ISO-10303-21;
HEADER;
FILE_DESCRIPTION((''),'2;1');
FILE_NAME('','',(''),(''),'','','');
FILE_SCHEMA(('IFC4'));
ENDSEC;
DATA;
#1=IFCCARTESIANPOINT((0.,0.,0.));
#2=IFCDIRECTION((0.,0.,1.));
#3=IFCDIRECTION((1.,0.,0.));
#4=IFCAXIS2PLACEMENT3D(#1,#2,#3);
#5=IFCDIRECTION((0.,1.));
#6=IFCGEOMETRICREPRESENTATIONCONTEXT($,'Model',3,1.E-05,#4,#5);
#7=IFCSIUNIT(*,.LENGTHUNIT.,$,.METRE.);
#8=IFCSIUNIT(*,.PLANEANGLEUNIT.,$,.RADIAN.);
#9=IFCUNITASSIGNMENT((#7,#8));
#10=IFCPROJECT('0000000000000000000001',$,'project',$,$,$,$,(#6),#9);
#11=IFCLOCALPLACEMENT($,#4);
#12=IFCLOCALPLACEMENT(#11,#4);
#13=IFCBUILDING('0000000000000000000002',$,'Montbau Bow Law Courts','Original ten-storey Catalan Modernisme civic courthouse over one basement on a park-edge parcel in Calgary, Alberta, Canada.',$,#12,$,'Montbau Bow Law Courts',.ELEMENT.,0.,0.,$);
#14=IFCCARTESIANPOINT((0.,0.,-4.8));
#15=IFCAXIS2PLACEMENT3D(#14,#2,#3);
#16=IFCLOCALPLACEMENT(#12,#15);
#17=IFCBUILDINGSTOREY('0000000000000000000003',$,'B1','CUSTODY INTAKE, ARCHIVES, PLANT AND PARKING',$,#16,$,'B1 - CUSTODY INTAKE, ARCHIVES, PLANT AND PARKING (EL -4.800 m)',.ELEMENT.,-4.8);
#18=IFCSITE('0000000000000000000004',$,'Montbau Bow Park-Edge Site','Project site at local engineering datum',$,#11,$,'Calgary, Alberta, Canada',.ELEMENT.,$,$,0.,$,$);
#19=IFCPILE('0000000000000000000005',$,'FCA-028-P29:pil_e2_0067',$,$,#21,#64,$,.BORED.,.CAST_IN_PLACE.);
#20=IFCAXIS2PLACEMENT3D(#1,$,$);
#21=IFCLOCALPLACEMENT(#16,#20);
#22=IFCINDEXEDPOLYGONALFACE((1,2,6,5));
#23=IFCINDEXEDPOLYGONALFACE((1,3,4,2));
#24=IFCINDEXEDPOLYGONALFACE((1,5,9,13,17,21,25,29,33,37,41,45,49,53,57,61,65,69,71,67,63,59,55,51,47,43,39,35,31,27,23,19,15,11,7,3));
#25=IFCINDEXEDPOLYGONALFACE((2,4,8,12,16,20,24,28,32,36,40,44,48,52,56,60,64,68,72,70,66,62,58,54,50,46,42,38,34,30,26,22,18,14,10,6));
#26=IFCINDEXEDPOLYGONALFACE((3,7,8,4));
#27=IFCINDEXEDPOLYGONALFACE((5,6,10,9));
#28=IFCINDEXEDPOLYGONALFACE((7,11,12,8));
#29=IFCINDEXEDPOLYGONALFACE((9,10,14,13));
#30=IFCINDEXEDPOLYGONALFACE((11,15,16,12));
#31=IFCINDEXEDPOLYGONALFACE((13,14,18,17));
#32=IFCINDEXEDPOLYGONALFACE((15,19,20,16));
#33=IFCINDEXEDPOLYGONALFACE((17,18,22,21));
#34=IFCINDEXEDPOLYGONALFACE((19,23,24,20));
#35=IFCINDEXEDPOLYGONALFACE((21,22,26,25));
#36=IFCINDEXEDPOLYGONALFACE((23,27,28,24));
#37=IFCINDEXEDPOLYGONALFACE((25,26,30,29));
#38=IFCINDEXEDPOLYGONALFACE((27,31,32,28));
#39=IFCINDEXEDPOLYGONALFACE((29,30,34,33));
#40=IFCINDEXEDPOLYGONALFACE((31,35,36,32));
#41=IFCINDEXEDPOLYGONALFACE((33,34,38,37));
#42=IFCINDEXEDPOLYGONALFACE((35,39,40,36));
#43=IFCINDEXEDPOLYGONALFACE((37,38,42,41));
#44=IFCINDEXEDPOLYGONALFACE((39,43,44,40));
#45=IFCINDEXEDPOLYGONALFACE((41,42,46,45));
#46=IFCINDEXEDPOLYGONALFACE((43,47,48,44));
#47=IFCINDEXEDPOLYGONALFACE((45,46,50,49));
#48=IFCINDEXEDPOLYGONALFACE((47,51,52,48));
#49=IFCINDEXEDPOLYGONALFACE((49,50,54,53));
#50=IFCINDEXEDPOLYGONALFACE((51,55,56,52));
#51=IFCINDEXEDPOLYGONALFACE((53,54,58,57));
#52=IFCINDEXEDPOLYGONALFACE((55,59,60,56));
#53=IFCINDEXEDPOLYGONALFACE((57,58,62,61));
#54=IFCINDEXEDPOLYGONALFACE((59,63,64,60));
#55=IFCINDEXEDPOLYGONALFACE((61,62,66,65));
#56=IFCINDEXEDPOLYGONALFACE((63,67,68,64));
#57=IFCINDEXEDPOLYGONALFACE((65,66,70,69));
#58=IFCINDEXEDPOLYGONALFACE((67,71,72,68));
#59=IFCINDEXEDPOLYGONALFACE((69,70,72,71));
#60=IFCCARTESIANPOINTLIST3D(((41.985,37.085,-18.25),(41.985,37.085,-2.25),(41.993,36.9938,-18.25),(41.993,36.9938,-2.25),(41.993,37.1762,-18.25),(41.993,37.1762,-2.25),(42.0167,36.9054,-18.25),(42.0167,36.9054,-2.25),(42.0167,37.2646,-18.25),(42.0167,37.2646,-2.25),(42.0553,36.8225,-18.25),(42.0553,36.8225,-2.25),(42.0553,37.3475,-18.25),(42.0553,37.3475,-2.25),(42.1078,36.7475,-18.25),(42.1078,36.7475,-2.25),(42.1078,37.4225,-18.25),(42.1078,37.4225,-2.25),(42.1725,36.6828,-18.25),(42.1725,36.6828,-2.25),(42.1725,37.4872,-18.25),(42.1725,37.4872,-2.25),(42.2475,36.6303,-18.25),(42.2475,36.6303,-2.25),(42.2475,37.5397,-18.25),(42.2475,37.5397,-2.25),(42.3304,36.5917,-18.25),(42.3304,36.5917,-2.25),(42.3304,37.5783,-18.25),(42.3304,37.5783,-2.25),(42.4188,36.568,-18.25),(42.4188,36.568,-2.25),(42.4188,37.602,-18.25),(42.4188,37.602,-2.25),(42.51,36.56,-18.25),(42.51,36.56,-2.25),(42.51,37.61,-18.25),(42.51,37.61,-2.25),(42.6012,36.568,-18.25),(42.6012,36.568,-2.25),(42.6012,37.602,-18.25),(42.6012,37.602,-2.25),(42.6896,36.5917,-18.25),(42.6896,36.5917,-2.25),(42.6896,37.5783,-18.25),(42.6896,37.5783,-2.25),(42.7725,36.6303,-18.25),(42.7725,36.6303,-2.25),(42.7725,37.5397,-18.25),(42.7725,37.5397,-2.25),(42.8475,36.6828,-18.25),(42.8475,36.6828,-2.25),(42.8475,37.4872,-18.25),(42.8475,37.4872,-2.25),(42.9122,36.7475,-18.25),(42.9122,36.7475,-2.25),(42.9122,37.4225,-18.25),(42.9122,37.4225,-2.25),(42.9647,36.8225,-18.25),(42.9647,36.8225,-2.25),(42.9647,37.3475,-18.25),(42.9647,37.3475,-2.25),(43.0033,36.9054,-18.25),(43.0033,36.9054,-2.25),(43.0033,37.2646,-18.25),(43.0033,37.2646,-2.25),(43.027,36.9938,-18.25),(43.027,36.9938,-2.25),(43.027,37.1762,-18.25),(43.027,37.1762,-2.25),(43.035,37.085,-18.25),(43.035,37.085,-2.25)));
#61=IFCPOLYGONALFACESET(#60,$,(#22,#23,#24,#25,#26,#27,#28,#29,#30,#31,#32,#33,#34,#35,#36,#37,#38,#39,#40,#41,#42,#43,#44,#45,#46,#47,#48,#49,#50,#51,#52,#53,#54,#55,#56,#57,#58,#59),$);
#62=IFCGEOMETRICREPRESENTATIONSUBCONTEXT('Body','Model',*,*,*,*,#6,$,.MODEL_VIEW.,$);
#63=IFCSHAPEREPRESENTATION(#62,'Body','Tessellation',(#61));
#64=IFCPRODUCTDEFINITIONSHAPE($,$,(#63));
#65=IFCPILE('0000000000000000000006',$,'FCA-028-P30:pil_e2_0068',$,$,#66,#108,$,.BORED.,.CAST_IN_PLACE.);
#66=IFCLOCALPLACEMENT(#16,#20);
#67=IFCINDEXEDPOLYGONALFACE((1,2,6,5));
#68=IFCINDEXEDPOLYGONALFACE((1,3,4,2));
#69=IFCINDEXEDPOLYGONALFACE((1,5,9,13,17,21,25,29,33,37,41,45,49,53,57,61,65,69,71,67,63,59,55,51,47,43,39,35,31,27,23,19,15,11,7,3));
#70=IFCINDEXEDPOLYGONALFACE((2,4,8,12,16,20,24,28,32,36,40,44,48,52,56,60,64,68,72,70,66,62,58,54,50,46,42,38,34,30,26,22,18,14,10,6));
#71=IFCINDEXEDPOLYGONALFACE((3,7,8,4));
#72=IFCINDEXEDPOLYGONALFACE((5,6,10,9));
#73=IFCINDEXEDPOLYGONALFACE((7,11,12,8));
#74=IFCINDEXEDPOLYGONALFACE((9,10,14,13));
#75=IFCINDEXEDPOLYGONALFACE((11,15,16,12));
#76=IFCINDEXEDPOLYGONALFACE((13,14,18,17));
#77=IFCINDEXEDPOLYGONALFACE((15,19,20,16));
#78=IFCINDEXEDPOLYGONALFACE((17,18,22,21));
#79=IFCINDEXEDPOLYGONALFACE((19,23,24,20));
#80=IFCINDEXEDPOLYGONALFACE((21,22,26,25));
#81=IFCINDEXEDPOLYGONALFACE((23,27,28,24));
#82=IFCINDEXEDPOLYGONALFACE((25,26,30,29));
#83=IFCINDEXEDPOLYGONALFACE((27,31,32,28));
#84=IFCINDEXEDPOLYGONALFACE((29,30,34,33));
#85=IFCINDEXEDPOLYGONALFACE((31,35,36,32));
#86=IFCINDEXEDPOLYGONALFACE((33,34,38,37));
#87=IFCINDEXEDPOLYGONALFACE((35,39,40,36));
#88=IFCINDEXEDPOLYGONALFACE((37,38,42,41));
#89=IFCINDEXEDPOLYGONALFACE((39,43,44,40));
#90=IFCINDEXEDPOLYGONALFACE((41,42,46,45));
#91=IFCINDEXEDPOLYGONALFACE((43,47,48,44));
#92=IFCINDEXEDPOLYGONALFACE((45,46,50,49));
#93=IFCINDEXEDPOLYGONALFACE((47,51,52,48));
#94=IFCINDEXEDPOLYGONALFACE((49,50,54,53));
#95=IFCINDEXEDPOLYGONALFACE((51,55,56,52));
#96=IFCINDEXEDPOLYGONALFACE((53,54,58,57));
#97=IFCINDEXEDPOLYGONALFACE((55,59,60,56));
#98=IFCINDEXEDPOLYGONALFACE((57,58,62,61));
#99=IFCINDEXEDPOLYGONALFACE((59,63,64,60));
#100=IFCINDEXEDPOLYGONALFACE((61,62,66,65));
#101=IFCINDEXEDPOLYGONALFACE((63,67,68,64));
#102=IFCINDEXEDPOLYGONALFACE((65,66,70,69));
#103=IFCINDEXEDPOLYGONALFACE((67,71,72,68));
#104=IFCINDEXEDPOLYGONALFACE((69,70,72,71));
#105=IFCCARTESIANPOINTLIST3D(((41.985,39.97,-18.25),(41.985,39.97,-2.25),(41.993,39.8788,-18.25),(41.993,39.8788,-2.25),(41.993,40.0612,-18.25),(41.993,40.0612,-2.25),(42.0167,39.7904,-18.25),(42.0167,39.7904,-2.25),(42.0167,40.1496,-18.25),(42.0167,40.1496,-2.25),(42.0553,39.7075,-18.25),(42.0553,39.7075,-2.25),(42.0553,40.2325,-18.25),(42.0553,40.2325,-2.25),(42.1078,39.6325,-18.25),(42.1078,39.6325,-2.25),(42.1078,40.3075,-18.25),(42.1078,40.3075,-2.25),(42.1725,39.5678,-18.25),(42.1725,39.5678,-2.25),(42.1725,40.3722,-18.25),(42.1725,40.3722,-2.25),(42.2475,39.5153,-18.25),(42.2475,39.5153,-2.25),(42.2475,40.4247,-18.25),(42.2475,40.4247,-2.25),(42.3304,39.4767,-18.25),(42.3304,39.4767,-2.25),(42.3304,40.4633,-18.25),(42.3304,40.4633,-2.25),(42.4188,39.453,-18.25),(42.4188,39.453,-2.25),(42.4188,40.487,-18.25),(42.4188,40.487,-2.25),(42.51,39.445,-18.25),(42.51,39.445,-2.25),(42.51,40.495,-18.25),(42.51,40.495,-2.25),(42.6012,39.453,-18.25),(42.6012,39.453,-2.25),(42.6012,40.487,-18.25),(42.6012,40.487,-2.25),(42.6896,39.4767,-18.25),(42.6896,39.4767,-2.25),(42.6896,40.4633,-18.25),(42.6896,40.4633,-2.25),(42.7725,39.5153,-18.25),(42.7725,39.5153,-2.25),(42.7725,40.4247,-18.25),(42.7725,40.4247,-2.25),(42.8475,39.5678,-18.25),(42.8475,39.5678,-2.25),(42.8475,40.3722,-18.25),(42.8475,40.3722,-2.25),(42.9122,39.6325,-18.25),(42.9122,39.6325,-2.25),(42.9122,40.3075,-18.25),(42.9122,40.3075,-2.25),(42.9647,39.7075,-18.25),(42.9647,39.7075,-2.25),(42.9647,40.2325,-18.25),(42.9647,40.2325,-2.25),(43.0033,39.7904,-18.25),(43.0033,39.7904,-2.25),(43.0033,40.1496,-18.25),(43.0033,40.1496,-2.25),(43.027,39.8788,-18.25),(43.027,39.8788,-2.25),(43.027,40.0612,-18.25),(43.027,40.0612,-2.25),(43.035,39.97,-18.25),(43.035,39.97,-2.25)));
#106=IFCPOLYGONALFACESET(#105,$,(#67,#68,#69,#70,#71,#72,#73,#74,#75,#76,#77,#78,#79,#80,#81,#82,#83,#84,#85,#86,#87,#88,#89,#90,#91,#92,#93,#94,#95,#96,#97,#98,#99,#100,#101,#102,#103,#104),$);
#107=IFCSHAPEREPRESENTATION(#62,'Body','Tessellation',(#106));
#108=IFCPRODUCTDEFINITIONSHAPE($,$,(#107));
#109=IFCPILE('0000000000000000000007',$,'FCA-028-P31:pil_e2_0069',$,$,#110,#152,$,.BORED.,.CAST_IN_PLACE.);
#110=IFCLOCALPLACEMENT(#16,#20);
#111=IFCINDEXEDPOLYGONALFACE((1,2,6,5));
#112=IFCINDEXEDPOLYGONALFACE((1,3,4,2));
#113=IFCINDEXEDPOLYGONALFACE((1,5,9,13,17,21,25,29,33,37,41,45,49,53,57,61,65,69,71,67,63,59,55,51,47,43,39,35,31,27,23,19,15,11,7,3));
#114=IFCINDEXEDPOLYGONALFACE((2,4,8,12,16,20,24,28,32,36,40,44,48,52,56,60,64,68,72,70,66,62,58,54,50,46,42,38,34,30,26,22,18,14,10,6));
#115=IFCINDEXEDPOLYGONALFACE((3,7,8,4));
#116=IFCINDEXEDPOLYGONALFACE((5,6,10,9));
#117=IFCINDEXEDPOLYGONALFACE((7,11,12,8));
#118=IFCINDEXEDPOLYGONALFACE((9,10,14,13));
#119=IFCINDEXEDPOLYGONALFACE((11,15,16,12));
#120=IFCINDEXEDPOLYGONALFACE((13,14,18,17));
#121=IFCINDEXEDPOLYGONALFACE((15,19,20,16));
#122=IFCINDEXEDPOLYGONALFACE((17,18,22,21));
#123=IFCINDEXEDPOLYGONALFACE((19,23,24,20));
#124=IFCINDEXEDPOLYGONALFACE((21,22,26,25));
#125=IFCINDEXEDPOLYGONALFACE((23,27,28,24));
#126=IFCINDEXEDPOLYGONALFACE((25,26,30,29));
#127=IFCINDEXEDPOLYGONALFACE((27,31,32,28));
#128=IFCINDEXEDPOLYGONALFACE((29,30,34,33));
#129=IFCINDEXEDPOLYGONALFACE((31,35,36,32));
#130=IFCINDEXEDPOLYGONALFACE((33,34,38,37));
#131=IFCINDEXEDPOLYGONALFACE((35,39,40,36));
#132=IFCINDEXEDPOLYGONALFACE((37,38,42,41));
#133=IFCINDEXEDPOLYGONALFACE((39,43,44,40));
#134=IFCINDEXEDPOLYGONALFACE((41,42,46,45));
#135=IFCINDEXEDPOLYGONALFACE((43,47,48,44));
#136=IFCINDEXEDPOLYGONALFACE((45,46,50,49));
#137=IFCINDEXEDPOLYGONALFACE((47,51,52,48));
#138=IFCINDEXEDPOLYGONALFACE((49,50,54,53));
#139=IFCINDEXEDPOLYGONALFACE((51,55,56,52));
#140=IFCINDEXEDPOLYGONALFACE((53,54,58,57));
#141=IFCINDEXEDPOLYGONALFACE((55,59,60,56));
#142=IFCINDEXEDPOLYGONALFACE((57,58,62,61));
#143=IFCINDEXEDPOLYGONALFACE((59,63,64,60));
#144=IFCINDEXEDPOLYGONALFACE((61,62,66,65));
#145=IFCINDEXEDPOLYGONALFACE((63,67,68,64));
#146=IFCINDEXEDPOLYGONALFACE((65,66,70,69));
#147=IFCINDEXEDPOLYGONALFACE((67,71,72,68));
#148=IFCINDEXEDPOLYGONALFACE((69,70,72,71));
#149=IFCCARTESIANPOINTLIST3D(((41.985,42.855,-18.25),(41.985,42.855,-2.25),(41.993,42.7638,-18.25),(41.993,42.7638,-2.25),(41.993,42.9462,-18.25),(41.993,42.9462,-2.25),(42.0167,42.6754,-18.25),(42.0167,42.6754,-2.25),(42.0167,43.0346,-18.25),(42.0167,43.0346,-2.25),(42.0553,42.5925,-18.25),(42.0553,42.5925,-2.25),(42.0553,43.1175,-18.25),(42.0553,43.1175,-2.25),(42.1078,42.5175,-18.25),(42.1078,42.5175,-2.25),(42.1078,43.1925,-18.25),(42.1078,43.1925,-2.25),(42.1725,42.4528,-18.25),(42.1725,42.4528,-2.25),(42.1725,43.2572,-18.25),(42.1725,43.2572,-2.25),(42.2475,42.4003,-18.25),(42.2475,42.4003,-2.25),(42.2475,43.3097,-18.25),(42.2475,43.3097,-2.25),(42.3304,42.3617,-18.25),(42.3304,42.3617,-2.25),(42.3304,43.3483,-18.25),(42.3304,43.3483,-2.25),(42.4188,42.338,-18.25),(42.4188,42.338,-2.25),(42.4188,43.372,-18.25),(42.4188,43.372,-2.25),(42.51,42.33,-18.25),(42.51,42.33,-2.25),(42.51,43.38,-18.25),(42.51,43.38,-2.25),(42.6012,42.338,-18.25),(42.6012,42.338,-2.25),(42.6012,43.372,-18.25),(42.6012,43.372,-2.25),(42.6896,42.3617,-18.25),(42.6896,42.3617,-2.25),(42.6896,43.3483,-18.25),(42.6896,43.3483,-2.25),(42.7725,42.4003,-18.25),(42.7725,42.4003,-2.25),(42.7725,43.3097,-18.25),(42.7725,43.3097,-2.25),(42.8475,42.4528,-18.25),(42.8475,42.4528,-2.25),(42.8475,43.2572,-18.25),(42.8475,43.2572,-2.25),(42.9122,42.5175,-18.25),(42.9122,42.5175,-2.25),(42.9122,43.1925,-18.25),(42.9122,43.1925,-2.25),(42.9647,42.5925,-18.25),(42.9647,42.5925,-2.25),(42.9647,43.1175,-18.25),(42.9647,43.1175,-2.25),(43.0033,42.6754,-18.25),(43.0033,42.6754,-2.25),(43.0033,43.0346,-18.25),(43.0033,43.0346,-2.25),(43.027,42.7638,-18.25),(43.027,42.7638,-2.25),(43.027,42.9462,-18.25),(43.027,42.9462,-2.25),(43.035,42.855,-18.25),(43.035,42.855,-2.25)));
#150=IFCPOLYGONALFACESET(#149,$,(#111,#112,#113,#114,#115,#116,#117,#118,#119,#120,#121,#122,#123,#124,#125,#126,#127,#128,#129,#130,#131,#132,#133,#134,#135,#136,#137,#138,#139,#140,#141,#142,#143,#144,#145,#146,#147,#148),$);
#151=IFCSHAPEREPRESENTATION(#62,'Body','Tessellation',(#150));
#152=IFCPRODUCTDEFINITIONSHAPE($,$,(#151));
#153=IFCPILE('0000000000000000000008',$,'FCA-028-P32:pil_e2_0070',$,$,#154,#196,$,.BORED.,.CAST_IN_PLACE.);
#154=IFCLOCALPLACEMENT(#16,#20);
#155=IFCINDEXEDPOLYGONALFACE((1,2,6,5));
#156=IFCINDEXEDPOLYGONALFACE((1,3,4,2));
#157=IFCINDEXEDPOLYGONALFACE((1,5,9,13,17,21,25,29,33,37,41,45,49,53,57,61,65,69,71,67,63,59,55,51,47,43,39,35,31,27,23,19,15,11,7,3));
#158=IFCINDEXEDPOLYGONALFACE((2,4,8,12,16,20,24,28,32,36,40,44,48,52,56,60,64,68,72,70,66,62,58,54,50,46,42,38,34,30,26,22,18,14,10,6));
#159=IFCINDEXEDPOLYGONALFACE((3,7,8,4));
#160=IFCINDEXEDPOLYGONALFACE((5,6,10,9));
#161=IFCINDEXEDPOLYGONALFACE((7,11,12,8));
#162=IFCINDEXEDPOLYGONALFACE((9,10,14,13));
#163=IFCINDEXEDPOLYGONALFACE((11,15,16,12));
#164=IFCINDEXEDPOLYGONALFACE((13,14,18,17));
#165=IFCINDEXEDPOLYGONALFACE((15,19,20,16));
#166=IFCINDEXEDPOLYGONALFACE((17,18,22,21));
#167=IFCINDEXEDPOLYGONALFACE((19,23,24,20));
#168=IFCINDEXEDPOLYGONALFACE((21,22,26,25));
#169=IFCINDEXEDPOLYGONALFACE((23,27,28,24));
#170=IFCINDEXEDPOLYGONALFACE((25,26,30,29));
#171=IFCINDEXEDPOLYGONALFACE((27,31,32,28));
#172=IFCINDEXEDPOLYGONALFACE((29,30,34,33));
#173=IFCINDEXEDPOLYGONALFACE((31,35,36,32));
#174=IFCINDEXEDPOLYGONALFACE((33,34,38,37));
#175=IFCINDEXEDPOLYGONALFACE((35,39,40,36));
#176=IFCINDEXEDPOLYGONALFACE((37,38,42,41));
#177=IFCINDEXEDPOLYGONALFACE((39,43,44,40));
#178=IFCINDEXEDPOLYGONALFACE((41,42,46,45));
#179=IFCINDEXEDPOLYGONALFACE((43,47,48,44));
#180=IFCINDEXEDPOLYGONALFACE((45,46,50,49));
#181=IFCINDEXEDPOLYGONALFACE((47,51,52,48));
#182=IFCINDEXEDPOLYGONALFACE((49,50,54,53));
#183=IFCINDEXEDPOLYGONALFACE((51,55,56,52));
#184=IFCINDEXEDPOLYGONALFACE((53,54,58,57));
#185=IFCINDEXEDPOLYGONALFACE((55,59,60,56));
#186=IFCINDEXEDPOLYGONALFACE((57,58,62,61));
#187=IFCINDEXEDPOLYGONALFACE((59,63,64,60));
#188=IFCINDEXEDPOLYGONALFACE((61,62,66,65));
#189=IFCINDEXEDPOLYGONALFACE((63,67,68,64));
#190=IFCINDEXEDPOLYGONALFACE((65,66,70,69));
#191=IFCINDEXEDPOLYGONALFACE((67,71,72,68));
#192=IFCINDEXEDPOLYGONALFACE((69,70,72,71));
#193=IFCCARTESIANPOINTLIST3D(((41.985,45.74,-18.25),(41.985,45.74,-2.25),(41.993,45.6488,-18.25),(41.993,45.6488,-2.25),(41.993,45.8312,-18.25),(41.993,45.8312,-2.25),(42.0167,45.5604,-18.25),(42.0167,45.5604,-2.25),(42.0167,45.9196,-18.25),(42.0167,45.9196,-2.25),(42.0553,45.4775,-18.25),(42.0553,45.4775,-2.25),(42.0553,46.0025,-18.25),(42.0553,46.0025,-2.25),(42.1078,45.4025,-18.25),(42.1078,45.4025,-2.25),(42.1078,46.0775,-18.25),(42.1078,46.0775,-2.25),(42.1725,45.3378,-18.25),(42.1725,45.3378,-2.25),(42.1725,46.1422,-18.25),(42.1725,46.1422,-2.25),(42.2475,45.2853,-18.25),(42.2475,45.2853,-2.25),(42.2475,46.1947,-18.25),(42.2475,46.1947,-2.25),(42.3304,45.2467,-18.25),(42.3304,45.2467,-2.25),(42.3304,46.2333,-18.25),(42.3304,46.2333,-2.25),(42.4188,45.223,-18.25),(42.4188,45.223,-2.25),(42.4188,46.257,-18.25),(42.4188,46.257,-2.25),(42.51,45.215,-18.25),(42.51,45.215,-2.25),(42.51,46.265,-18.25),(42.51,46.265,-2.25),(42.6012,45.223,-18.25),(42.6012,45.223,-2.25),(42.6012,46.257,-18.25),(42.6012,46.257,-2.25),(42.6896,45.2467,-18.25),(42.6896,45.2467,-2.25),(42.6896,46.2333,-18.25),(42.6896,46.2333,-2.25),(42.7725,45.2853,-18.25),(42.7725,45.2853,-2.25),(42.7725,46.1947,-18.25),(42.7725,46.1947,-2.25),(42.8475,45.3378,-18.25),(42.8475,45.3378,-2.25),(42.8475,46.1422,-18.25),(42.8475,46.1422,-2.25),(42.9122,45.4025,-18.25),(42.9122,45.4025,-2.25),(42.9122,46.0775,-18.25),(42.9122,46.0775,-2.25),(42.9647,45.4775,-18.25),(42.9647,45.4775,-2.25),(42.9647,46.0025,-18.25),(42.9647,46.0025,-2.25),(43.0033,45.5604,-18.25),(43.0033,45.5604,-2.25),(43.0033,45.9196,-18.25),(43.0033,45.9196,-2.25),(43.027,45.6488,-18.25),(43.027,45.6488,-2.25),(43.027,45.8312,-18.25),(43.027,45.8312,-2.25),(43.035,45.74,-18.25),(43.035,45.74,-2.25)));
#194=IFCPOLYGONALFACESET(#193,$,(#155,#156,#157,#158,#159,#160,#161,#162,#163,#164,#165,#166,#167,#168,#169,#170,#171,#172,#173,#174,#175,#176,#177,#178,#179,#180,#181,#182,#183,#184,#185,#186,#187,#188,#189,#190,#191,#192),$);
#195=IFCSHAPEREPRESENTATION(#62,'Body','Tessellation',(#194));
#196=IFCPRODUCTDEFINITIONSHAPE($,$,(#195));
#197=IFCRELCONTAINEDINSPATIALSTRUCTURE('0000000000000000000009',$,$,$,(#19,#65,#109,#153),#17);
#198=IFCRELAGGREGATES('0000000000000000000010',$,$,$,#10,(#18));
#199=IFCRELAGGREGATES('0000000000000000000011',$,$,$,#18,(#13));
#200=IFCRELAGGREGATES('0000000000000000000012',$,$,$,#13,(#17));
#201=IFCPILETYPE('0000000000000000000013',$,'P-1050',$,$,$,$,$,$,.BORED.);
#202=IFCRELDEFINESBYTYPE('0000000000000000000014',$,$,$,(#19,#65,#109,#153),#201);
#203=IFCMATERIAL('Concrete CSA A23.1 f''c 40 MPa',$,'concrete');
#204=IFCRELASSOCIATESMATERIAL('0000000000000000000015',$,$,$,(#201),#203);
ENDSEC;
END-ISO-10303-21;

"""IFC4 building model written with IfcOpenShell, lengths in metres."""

from ifc_helpers import new_model, si_unit, direction, frame, origin_with_axes, origin_2d_with_axis, place, context, subcontext, project, spatial, circle, extrude, material, material_profile, profile_set, type_object, element, save


model = new_model("IFC4")

# Units and contexts
model_context = context("Model", 3, precision=1e-05, world=origin_with_axes(), true_north=direction((0.0, 1.0)))
body_context = subcontext(model_context, "Body", "Model", "MODEL_VIEW")
ifc_project = project(units=[si_unit("LENGTHUNIT", "METRE"), si_unit("PLANEANGLEUNIT", "RADIAN")], contexts=[model_context])

# Site, building, storey
site_placement = place(None, origin_with_axes())
site = spatial("IfcSite", under=ifc_project, at=site_placement, Name="Montbau Bow Park-Edge Site", Description="Project site at local engineering datum", LongName="Calgary, Alberta, Canada", CompositionType="ELEMENT", RefElevation=0.0)
building_placement = place(site_placement, origin_with_axes())
building = spatial("IfcBuilding", under=site, at=building_placement, Name="Montbau Bow Law Courts", Description="Original ten-storey Catalan Modernisme civic courthouse over one basement on a park-edge parcel in Calgary, Alberta, Canada.", LongName="Montbau Bow Law Courts", CompositionType="ELEMENT", ElevationOfRefHeight=0.0, ElevationOfTerrain=0.0)
storey_placement = place(building_placement, frame((0.0, 0.0, -4.8), z_axis=(0.0, 0.0, 1.0), x_axis=(1.0, 0.0, 0.0)))
storey = spatial("IfcBuildingStorey", under=building, at=storey_placement, Name="B1", Description="CUSTODY INTAKE, ARCHIVES, PLANT AND PARKING", LongName="B1 - CUSTODY INTAKE, ARCHIVES, PLANT AND PARKING (EL -4.800 m)", CompositionType="ELEMENT", Elevation=-4.8)

# Piles
ifc_material_1 = material(Name="Concrete CSA A23.1 f'c 40 MPa", Category="concrete")
ifc_material_profile_1 = material_profile(ifc_material_1, circle(Radius=0.525, at=origin_2d_with_axis()), Name="BP1050", Category="Main", Priority=0)
ifc_profile_set_1 = profile_set([ifc_material_profile_1], Name="Concrete CSA A23.1 f'c 40 MPa")
pile_type = type_object("IfcPileType", Name="P-1050", PredefinedType="BORED", material=ifc_profile_set_1)
for number, where, z_axis, x_axis, name in (
    (1, (42.51, 37.085, -23.05), (0.0, 0.0, 1.0), (1.0, 0.0, 0.0), "FCA-028-P29:pil_e2_0067"),
    (2, (42.51, 39.97, -23.05), (0.0, 0.0, 1.0), (1.0, 0.0, 0.0), "FCA-028-P30:pil_e2_0068"),
    (3, (42.51, 42.855, -23.05), (0.0, 0.0, 1.0), (1.0, 0.0, 0.0), "FCA-028-P31:pil_e2_0069"),
    (4, (42.51, 45.74, -23.05), (0.0, 0.0, 1.0), (1.0, 0.0, 0.0), "FCA-028-P32:pil_e2_0070"),
):
    element("IfcPile", number, at=place(None, frame(where, z_axis=z_axis, x_axis=x_axis)), inside=storey, type_object=pile_type, Name=name, ConstructionType="CAST_IN_PLACE", PredefinedType="BORED", context=body_context, shape_type="SweptSolid", body=[
        extrude(circle(Radius=0.525, at=origin_2d_with_axis()), origin_with_axes(), (0.0, 0.0, 1.0), 16.0),
    ])

save(model, "model.ifc")
